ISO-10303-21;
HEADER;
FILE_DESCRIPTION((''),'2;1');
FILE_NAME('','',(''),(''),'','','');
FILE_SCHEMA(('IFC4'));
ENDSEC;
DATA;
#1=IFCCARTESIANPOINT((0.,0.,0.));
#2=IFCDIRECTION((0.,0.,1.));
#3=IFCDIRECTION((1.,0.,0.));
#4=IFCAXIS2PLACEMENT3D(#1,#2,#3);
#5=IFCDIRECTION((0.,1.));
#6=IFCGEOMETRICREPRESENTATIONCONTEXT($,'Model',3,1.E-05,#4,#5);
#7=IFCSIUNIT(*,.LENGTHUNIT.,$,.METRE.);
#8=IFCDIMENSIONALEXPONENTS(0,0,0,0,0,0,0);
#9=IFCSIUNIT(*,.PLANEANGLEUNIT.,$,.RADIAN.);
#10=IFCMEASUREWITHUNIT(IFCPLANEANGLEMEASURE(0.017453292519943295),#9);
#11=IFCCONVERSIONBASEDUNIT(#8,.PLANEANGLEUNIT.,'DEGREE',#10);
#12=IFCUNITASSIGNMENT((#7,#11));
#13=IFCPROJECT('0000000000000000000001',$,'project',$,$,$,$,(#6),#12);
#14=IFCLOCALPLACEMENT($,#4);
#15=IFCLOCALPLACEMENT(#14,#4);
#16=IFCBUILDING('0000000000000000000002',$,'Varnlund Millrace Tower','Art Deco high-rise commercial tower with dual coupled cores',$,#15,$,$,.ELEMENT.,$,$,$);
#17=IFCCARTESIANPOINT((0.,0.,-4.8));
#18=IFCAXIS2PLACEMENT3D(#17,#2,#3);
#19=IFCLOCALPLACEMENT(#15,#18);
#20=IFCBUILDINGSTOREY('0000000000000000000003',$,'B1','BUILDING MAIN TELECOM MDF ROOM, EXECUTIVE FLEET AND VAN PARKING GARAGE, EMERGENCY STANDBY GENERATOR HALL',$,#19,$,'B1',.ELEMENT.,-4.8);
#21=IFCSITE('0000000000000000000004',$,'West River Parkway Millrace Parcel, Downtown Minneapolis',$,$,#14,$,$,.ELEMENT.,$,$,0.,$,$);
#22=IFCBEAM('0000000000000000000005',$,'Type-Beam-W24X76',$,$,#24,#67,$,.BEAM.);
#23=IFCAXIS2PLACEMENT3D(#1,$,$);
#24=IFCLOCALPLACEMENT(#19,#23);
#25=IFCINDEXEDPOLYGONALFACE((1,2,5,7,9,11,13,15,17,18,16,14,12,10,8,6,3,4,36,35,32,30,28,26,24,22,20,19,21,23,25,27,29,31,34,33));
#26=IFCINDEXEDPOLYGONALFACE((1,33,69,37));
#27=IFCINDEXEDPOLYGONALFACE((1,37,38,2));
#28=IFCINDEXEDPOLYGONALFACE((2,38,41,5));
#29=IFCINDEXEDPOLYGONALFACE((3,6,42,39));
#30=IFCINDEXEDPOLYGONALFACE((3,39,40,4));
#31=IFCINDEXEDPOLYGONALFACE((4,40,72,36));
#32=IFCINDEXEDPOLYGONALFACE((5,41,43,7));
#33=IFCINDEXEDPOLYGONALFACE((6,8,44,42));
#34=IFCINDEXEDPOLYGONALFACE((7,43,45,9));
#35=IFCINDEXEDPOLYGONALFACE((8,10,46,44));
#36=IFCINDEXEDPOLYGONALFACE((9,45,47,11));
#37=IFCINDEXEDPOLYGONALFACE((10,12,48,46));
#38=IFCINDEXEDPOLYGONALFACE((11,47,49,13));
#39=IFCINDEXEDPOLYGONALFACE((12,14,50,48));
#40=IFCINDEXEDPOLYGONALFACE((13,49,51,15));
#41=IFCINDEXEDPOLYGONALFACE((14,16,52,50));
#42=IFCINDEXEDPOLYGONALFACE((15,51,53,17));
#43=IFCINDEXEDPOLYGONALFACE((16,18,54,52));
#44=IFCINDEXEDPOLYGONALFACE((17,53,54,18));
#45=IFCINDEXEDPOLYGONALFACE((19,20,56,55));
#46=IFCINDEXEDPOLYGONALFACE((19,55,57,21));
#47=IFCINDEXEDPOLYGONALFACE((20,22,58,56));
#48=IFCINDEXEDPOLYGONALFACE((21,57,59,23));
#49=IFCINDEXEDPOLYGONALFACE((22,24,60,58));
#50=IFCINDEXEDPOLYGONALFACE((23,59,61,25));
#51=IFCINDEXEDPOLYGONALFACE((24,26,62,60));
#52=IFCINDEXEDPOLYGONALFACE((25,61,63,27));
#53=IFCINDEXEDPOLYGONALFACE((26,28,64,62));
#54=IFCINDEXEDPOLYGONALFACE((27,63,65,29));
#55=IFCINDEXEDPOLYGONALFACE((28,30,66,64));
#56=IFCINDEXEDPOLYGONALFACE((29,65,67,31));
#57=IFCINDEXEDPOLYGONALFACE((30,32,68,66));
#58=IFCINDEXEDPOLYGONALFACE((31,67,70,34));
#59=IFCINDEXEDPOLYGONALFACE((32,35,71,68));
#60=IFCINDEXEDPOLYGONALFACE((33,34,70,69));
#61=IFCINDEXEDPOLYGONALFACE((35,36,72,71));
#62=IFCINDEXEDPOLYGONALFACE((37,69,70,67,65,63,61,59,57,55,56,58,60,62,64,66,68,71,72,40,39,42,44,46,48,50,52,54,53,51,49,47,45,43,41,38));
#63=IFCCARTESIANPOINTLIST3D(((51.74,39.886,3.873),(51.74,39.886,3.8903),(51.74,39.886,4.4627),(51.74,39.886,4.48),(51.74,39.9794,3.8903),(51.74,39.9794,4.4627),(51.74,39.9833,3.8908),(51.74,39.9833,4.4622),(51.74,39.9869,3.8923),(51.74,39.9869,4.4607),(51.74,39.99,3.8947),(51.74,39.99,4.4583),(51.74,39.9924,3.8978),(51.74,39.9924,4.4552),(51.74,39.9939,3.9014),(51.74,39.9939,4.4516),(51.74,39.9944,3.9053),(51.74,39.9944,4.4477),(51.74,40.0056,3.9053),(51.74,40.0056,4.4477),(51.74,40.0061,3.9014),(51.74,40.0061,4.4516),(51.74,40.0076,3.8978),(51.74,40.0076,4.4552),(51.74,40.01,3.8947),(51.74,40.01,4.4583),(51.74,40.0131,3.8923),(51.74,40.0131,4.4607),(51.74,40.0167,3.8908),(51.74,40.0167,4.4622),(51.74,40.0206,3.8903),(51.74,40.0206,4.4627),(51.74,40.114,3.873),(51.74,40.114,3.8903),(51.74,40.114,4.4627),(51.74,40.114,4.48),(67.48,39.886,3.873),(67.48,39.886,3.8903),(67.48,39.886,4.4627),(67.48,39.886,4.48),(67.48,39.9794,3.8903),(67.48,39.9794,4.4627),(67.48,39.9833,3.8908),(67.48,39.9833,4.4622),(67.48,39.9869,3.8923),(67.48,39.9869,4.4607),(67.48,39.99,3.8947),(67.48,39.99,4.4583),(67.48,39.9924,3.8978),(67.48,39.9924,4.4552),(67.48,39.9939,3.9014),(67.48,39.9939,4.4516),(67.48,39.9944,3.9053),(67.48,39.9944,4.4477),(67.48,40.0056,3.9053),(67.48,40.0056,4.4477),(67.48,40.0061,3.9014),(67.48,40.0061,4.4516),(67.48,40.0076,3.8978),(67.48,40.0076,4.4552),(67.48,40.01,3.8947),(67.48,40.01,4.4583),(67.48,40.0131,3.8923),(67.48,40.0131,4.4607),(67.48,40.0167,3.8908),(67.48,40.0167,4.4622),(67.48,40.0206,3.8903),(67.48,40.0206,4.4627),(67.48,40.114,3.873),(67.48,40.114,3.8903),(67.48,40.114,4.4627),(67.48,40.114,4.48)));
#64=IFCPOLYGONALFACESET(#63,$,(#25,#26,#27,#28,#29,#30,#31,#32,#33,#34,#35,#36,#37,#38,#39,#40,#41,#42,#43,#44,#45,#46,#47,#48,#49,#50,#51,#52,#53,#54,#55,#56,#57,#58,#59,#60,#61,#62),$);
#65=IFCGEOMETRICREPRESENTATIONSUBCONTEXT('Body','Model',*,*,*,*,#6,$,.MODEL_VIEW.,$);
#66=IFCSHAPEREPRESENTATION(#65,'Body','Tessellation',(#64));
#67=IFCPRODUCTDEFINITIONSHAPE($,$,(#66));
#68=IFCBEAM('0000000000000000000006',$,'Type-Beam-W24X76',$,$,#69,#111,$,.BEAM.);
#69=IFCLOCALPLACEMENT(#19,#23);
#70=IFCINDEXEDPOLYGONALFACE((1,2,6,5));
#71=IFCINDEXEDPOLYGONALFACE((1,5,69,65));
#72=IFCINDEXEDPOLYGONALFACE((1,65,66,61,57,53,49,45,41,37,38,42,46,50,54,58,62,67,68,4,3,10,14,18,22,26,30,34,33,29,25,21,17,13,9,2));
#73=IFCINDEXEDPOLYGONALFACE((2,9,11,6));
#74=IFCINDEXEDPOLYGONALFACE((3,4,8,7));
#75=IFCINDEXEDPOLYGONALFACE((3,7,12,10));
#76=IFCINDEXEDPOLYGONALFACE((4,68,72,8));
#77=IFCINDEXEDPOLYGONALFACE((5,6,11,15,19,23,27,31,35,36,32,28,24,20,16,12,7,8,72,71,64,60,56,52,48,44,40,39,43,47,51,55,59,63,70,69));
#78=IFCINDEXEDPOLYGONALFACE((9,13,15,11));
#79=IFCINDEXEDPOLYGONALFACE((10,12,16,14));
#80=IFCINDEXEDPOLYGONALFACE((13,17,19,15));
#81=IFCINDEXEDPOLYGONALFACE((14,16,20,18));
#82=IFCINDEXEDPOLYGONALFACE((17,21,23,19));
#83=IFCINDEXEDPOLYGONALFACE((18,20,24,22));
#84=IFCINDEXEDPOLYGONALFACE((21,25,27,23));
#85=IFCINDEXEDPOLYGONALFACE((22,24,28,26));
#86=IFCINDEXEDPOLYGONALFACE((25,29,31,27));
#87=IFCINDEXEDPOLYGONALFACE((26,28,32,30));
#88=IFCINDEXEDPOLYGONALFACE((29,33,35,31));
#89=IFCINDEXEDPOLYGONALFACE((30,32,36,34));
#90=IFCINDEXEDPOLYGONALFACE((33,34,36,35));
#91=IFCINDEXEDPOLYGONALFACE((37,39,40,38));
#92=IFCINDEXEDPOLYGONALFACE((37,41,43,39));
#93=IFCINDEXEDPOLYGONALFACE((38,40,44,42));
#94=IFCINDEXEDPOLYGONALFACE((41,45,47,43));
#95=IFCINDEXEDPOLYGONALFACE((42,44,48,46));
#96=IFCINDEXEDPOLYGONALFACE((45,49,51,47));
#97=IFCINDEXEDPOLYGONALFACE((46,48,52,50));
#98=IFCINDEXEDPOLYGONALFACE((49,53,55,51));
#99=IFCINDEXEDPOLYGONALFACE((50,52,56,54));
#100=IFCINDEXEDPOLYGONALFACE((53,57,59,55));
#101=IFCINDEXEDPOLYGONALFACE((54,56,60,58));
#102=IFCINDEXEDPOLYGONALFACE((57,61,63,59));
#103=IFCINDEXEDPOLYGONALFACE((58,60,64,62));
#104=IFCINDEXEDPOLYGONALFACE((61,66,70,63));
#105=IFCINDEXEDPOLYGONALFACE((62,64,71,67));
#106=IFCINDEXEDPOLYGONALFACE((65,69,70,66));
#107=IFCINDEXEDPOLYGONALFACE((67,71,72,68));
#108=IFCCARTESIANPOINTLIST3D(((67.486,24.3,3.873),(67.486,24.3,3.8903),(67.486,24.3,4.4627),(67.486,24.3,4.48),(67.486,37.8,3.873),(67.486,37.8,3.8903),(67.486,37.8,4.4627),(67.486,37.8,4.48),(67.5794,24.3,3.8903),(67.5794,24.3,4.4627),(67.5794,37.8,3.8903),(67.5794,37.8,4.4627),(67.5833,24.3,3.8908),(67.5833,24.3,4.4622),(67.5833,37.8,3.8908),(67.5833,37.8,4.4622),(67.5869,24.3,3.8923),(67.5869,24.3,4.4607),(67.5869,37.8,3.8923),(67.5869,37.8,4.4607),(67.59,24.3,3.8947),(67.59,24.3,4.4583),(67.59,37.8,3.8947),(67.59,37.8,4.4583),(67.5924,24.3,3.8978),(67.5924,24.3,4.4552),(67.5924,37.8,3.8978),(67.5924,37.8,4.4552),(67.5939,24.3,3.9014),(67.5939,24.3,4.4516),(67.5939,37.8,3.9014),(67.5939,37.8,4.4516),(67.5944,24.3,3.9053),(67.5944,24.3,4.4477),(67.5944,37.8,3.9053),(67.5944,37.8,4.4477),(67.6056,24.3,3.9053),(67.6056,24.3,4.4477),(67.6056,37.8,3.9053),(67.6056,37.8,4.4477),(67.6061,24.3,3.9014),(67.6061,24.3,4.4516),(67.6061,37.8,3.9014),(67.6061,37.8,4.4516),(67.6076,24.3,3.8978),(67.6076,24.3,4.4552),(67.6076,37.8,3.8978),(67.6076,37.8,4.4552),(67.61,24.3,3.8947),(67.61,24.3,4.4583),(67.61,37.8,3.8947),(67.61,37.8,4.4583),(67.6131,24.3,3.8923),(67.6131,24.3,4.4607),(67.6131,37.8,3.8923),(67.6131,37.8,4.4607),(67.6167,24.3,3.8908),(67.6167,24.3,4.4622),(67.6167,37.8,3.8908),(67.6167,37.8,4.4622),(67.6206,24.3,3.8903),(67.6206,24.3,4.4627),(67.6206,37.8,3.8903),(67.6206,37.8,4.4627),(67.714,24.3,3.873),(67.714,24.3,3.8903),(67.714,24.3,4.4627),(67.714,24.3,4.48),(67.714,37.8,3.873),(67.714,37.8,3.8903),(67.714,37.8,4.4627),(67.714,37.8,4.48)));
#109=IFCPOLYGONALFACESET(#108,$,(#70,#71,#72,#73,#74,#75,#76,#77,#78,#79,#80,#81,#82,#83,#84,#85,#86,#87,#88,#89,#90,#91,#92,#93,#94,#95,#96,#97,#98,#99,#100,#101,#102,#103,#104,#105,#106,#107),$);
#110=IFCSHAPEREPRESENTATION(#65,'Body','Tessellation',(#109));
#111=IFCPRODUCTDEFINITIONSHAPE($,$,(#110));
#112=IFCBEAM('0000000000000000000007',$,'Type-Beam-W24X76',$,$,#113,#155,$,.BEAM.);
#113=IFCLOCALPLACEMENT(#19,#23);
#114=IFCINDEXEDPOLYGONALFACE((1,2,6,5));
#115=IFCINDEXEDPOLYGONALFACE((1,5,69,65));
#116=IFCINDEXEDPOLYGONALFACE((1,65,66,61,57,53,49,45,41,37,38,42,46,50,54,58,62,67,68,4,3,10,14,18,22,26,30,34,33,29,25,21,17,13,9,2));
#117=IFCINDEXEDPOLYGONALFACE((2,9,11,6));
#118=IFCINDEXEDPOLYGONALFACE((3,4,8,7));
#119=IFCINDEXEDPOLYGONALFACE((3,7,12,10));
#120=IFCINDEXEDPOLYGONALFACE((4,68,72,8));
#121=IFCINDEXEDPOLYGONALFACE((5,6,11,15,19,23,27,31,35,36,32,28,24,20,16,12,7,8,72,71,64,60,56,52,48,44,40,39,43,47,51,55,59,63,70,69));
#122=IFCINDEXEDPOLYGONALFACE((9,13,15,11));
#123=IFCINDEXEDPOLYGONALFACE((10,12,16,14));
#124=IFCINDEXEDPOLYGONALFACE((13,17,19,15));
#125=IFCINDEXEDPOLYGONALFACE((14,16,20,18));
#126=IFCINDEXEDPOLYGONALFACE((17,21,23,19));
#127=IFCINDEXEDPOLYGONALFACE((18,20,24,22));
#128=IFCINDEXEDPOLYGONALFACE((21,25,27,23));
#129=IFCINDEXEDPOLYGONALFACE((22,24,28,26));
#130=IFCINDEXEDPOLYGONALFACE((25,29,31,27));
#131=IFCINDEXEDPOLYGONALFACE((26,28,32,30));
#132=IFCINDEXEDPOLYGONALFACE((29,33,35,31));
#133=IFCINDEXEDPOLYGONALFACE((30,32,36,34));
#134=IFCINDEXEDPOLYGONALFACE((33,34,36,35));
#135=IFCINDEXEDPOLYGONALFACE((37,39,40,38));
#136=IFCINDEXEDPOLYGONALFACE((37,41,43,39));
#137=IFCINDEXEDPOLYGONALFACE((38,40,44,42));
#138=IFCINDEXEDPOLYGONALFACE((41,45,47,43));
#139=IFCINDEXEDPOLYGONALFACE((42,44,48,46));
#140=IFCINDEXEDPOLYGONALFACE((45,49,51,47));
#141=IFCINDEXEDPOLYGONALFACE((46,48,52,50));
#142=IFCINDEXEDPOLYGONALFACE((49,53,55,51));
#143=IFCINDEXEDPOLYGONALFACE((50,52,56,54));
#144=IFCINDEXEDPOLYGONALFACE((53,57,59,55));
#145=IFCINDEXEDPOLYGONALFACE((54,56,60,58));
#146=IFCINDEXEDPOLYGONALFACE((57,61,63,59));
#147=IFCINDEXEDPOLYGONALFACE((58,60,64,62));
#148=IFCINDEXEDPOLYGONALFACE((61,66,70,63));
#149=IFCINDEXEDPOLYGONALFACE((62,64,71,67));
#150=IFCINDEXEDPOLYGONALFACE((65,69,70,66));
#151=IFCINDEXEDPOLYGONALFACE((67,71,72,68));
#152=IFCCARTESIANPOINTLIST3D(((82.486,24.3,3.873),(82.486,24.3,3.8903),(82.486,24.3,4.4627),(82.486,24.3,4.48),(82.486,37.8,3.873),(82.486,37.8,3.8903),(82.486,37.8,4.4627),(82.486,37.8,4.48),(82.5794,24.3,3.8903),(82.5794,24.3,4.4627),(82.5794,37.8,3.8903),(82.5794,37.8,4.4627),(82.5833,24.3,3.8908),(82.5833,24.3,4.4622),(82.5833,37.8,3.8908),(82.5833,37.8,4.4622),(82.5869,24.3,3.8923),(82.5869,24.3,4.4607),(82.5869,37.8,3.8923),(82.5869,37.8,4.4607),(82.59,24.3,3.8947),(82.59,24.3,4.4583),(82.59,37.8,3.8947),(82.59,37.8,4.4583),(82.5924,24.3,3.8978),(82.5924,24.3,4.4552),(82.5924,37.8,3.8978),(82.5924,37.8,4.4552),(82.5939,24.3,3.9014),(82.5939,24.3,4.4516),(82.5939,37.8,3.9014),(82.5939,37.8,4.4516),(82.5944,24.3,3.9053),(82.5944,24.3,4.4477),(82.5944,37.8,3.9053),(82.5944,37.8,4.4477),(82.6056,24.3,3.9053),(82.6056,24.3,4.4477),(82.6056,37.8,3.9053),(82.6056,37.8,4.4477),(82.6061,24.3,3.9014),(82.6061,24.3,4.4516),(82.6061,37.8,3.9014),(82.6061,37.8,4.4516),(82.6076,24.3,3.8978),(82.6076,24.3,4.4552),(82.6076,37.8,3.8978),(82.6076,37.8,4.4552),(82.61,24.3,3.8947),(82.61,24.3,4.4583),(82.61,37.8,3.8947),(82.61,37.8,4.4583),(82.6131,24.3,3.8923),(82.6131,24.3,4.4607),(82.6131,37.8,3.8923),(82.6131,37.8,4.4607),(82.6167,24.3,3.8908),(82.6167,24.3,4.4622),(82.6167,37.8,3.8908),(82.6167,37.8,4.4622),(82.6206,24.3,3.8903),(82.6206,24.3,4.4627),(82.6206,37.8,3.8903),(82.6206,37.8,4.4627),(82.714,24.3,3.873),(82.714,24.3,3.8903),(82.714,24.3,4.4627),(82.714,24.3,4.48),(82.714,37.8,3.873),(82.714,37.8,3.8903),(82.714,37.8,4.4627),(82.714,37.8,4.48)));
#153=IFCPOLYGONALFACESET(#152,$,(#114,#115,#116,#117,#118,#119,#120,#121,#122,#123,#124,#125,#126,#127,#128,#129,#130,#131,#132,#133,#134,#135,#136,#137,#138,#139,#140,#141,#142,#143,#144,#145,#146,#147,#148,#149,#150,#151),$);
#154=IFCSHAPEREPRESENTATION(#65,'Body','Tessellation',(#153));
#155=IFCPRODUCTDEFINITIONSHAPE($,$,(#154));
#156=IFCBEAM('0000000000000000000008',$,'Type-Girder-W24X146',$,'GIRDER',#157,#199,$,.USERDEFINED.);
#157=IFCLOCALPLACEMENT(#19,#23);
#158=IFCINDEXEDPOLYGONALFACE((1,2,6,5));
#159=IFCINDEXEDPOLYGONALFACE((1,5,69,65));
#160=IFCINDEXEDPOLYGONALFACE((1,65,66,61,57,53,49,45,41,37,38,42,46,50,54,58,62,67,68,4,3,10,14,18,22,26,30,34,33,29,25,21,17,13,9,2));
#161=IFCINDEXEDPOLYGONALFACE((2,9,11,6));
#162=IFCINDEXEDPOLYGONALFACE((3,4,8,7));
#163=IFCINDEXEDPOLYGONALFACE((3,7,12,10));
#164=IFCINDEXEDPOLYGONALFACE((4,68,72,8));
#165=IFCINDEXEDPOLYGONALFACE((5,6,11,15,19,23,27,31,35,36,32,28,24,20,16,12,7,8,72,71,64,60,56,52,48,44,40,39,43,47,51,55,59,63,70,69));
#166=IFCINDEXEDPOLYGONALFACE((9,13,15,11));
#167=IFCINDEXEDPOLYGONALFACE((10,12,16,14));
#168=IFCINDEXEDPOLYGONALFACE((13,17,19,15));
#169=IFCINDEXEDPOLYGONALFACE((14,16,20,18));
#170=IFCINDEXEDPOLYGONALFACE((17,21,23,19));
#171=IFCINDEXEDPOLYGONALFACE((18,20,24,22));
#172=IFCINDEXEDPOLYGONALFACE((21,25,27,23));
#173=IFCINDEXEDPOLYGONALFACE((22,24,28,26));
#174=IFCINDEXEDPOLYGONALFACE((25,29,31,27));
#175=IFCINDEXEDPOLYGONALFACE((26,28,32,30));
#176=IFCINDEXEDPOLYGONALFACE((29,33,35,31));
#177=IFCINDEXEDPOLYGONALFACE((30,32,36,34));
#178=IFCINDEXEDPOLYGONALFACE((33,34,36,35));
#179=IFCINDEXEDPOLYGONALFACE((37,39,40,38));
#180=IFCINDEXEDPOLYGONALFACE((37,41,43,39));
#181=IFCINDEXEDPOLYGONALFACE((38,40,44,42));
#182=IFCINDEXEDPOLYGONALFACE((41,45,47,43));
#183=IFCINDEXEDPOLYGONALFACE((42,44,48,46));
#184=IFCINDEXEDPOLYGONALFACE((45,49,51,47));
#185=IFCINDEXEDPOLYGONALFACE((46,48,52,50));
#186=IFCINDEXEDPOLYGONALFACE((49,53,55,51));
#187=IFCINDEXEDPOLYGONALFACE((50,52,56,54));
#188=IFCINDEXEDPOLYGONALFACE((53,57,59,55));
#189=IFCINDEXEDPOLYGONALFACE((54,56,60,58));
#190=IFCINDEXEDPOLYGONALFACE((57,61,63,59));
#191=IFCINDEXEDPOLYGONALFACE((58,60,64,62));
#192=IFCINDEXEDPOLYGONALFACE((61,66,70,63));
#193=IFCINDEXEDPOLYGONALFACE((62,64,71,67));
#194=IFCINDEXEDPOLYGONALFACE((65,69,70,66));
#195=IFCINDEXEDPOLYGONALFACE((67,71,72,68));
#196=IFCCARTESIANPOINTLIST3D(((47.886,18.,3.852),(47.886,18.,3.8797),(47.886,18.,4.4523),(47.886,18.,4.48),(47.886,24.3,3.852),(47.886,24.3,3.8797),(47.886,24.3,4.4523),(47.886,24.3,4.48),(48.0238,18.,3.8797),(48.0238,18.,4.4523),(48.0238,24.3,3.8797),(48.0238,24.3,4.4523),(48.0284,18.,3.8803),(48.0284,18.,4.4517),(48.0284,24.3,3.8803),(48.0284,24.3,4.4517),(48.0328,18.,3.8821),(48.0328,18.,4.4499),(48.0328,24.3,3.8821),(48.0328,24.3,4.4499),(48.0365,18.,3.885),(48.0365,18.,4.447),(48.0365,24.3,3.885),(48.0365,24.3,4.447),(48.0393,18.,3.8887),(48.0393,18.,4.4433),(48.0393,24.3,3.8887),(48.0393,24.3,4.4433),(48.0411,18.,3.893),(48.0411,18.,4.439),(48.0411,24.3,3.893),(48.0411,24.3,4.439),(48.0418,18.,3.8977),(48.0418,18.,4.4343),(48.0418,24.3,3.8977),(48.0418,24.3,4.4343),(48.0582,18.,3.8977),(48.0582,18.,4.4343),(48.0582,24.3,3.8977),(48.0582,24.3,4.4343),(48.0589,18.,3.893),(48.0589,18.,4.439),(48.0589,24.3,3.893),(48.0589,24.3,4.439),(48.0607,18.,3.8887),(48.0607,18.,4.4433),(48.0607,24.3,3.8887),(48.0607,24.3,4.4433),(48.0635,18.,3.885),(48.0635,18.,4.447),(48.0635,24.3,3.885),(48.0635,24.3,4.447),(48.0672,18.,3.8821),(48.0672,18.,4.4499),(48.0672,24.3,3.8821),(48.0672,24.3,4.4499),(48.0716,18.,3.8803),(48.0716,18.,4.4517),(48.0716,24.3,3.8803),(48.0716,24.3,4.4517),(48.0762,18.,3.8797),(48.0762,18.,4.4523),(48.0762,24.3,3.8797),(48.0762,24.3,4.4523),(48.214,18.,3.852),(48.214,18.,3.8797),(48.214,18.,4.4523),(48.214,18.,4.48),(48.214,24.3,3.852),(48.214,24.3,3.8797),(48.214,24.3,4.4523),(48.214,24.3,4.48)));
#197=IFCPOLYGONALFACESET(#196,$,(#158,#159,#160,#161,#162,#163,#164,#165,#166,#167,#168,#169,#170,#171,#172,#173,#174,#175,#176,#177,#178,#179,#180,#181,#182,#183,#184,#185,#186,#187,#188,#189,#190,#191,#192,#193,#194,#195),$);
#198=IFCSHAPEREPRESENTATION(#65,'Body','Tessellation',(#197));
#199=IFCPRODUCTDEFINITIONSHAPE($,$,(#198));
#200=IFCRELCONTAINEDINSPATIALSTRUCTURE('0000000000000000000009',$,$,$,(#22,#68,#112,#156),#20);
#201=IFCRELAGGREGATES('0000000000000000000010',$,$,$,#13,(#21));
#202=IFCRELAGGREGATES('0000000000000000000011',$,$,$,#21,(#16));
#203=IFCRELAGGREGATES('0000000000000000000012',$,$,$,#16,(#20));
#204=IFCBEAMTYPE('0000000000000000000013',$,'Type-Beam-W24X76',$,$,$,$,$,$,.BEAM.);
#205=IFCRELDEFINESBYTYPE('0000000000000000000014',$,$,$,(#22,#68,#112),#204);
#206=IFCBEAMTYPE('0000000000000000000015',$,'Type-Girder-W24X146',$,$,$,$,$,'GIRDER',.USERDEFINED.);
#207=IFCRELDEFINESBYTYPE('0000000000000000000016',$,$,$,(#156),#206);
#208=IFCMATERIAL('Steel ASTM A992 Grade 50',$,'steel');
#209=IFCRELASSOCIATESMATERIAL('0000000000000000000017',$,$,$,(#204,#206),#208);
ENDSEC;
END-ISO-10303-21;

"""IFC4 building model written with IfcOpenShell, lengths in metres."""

from ifc_helpers import new_model, entity, si_unit, converted_unit, direction, frame, origin_with_axes, origin_2d_with_axis, place, context, subcontext, project, spatial, i_section, extrude, material, material_profile, profile_set, type_object, element, save


model = new_model("IFC4")

# Units and contexts
model_context = context("Model", 3, precision=1e-05, world=origin_with_axes(), true_north=direction((0.0, 1.0)))
body_context = subcontext(model_context, "Body", "Model", "MODEL_VIEW")
ifc_project = project(units=[si_unit("LENGTHUNIT", "METRE"), converted_unit("PLANEANGLEUNIT", "DEGREE", entity("IfcPlaneAngleMeasure", 0.017453292519943295), si_unit("PLANEANGLEUNIT", "RADIAN"), dimensions=[0, 0, 0, 0, 0, 0, 0])], contexts=[model_context])

# Site, building, storey
site_placement = place(None, origin_with_axes())
site = spatial("IfcSite", under=ifc_project, at=site_placement, Name="West River Parkway Millrace Parcel, Downtown Minneapolis", CompositionType="ELEMENT", RefElevation=0.0)
building_placement = place(site_placement, origin_with_axes())
building = spatial("IfcBuilding", under=site, at=building_placement, Name="Varnlund Millrace Tower", Description="Art Deco high-rise commercial tower with dual coupled cores", CompositionType="ELEMENT")
storey_placement = place(building_placement, frame((0.0, 0.0, -4.8), z_axis=(0.0, 0.0, 1.0), x_axis=(1.0, 0.0, 0.0)))
storey = spatial("IfcBuildingStorey", under=building, at=storey_placement, Name="B1", Description="BUILDING MAIN TELECOM MDF ROOM, EXECUTIVE FLEET AND VAN PARKING GARAGE, EMERGENCY STANDBY GENERATOR HALL", LongName="B1", CompositionType="ELEMENT", Elevation=-4.8)

# Beams
ifc_material_1 = material(Name="Steel ASTM A992 Grade 50", Category="steel")
ifc_material_profile_1 = material_profile(ifc_material_1, i_section(OverallWidth=0.228, OverallDepth=0.607, WebThickness=0.0112, FlangeThickness=0.0173, FilletRadius=0.015, at=origin_2d_with_axis()), Name="Steel ASTM A992 Grade 50")
ifc_profile_set_1 = profile_set([ifc_material_profile_1], Name="Steel ASTM A992 Grade 50")
beam_type_1 = type_object("IfcBeamType", Name="Type-Beam-W24X76", PredefinedType="BEAM", material=ifc_profile_set_1)
beam_1_placement = place(storey_placement, frame((51.74, 40.0, 4.1765), z_axis=(1.0, 0.0, 0.0), x_axis=(0.0, 1.0, 0.0)))
element("IfcBeam", 1, at=beam_1_placement, inside=storey, type_object=beam_type_1, Name="Type-Beam-W24X76", PredefinedType="BEAM", context=body_context, shape_type="SweptSolid", body=[
    extrude(i_section(OverallWidth=0.228, OverallDepth=0.607, WebThickness=0.0112, FlangeThickness=0.0173, FilletRadius=0.015, at=origin_2d_with_axis()), origin_with_axes(), (0.0, 0.0, 1.0), 15.74),
])
for number, where, z_axis, x_axis, name in (
    (2, (67.6, 24.3, 4.1765), (0.0, 1.0, 0.0), (-1.0, 0.0, 0.0), "Type-Beam-W24X76"),
    (3, (82.6, 24.3, 4.1765), (0.0, 1.0, 0.0), (-1.0, 0.0, 0.0), "Type-Beam-W24X76"),
):
    element("IfcBeam", number, at=place(storey_placement, frame(where, z_axis=z_axis, x_axis=x_axis)), inside=storey, type_object=beam_type_1, Name=name, PredefinedType="BEAM", context=body_context, shape_type="SweptSolid", body=[
        extrude(i_section(OverallWidth=0.228, OverallDepth=0.607, WebThickness=0.0112, FlangeThickness=0.0173, FilletRadius=0.015, at=origin_2d_with_axis()), origin_with_axes(), (0.0, 0.0, 1.0), 13.5),
    ])
ifc_material_profile_2 = material_profile(ifc_material_1, i_section(OverallWidth=0.328, OverallDepth=0.628, WebThickness=0.0165, FlangeThickness=0.0277, FilletRadius=0.018, at=origin_2d_with_axis()), Name="Steel ASTM A992 Grade 50")
ifc_profile_set_2 = profile_set([ifc_material_profile_2], Name="Steel ASTM A992 Grade 50")
beam_type_2 = type_object("IfcBeamType", Name="Type-Girder-W24X146", ElementType="GIRDER", PredefinedType="USERDEFINED", material=ifc_profile_set_2)
beam_2_placement = place(storey_placement, frame((48.05, 18.0, 4.166), z_axis=(0.0, 1.0, 0.0), x_axis=(-1.0, 0.0, 0.0)))
element("IfcBeam", 4, at=beam_2_placement, inside=storey, type_object=beam_type_2, Name="Type-Girder-W24X146", ObjectType="GIRDER", PredefinedType="USERDEFINED", context=body_context, shape_type="SweptSolid", body=[
    extrude(i_section(OverallWidth=0.328, OverallDepth=0.628, WebThickness=0.0165, FlangeThickness=0.0277, FilletRadius=0.018, at=origin_2d_with_axis()), origin_with_axes(), (0.0, 0.0, 1.0), 6.3),
])

save(model, "model.ifc")
